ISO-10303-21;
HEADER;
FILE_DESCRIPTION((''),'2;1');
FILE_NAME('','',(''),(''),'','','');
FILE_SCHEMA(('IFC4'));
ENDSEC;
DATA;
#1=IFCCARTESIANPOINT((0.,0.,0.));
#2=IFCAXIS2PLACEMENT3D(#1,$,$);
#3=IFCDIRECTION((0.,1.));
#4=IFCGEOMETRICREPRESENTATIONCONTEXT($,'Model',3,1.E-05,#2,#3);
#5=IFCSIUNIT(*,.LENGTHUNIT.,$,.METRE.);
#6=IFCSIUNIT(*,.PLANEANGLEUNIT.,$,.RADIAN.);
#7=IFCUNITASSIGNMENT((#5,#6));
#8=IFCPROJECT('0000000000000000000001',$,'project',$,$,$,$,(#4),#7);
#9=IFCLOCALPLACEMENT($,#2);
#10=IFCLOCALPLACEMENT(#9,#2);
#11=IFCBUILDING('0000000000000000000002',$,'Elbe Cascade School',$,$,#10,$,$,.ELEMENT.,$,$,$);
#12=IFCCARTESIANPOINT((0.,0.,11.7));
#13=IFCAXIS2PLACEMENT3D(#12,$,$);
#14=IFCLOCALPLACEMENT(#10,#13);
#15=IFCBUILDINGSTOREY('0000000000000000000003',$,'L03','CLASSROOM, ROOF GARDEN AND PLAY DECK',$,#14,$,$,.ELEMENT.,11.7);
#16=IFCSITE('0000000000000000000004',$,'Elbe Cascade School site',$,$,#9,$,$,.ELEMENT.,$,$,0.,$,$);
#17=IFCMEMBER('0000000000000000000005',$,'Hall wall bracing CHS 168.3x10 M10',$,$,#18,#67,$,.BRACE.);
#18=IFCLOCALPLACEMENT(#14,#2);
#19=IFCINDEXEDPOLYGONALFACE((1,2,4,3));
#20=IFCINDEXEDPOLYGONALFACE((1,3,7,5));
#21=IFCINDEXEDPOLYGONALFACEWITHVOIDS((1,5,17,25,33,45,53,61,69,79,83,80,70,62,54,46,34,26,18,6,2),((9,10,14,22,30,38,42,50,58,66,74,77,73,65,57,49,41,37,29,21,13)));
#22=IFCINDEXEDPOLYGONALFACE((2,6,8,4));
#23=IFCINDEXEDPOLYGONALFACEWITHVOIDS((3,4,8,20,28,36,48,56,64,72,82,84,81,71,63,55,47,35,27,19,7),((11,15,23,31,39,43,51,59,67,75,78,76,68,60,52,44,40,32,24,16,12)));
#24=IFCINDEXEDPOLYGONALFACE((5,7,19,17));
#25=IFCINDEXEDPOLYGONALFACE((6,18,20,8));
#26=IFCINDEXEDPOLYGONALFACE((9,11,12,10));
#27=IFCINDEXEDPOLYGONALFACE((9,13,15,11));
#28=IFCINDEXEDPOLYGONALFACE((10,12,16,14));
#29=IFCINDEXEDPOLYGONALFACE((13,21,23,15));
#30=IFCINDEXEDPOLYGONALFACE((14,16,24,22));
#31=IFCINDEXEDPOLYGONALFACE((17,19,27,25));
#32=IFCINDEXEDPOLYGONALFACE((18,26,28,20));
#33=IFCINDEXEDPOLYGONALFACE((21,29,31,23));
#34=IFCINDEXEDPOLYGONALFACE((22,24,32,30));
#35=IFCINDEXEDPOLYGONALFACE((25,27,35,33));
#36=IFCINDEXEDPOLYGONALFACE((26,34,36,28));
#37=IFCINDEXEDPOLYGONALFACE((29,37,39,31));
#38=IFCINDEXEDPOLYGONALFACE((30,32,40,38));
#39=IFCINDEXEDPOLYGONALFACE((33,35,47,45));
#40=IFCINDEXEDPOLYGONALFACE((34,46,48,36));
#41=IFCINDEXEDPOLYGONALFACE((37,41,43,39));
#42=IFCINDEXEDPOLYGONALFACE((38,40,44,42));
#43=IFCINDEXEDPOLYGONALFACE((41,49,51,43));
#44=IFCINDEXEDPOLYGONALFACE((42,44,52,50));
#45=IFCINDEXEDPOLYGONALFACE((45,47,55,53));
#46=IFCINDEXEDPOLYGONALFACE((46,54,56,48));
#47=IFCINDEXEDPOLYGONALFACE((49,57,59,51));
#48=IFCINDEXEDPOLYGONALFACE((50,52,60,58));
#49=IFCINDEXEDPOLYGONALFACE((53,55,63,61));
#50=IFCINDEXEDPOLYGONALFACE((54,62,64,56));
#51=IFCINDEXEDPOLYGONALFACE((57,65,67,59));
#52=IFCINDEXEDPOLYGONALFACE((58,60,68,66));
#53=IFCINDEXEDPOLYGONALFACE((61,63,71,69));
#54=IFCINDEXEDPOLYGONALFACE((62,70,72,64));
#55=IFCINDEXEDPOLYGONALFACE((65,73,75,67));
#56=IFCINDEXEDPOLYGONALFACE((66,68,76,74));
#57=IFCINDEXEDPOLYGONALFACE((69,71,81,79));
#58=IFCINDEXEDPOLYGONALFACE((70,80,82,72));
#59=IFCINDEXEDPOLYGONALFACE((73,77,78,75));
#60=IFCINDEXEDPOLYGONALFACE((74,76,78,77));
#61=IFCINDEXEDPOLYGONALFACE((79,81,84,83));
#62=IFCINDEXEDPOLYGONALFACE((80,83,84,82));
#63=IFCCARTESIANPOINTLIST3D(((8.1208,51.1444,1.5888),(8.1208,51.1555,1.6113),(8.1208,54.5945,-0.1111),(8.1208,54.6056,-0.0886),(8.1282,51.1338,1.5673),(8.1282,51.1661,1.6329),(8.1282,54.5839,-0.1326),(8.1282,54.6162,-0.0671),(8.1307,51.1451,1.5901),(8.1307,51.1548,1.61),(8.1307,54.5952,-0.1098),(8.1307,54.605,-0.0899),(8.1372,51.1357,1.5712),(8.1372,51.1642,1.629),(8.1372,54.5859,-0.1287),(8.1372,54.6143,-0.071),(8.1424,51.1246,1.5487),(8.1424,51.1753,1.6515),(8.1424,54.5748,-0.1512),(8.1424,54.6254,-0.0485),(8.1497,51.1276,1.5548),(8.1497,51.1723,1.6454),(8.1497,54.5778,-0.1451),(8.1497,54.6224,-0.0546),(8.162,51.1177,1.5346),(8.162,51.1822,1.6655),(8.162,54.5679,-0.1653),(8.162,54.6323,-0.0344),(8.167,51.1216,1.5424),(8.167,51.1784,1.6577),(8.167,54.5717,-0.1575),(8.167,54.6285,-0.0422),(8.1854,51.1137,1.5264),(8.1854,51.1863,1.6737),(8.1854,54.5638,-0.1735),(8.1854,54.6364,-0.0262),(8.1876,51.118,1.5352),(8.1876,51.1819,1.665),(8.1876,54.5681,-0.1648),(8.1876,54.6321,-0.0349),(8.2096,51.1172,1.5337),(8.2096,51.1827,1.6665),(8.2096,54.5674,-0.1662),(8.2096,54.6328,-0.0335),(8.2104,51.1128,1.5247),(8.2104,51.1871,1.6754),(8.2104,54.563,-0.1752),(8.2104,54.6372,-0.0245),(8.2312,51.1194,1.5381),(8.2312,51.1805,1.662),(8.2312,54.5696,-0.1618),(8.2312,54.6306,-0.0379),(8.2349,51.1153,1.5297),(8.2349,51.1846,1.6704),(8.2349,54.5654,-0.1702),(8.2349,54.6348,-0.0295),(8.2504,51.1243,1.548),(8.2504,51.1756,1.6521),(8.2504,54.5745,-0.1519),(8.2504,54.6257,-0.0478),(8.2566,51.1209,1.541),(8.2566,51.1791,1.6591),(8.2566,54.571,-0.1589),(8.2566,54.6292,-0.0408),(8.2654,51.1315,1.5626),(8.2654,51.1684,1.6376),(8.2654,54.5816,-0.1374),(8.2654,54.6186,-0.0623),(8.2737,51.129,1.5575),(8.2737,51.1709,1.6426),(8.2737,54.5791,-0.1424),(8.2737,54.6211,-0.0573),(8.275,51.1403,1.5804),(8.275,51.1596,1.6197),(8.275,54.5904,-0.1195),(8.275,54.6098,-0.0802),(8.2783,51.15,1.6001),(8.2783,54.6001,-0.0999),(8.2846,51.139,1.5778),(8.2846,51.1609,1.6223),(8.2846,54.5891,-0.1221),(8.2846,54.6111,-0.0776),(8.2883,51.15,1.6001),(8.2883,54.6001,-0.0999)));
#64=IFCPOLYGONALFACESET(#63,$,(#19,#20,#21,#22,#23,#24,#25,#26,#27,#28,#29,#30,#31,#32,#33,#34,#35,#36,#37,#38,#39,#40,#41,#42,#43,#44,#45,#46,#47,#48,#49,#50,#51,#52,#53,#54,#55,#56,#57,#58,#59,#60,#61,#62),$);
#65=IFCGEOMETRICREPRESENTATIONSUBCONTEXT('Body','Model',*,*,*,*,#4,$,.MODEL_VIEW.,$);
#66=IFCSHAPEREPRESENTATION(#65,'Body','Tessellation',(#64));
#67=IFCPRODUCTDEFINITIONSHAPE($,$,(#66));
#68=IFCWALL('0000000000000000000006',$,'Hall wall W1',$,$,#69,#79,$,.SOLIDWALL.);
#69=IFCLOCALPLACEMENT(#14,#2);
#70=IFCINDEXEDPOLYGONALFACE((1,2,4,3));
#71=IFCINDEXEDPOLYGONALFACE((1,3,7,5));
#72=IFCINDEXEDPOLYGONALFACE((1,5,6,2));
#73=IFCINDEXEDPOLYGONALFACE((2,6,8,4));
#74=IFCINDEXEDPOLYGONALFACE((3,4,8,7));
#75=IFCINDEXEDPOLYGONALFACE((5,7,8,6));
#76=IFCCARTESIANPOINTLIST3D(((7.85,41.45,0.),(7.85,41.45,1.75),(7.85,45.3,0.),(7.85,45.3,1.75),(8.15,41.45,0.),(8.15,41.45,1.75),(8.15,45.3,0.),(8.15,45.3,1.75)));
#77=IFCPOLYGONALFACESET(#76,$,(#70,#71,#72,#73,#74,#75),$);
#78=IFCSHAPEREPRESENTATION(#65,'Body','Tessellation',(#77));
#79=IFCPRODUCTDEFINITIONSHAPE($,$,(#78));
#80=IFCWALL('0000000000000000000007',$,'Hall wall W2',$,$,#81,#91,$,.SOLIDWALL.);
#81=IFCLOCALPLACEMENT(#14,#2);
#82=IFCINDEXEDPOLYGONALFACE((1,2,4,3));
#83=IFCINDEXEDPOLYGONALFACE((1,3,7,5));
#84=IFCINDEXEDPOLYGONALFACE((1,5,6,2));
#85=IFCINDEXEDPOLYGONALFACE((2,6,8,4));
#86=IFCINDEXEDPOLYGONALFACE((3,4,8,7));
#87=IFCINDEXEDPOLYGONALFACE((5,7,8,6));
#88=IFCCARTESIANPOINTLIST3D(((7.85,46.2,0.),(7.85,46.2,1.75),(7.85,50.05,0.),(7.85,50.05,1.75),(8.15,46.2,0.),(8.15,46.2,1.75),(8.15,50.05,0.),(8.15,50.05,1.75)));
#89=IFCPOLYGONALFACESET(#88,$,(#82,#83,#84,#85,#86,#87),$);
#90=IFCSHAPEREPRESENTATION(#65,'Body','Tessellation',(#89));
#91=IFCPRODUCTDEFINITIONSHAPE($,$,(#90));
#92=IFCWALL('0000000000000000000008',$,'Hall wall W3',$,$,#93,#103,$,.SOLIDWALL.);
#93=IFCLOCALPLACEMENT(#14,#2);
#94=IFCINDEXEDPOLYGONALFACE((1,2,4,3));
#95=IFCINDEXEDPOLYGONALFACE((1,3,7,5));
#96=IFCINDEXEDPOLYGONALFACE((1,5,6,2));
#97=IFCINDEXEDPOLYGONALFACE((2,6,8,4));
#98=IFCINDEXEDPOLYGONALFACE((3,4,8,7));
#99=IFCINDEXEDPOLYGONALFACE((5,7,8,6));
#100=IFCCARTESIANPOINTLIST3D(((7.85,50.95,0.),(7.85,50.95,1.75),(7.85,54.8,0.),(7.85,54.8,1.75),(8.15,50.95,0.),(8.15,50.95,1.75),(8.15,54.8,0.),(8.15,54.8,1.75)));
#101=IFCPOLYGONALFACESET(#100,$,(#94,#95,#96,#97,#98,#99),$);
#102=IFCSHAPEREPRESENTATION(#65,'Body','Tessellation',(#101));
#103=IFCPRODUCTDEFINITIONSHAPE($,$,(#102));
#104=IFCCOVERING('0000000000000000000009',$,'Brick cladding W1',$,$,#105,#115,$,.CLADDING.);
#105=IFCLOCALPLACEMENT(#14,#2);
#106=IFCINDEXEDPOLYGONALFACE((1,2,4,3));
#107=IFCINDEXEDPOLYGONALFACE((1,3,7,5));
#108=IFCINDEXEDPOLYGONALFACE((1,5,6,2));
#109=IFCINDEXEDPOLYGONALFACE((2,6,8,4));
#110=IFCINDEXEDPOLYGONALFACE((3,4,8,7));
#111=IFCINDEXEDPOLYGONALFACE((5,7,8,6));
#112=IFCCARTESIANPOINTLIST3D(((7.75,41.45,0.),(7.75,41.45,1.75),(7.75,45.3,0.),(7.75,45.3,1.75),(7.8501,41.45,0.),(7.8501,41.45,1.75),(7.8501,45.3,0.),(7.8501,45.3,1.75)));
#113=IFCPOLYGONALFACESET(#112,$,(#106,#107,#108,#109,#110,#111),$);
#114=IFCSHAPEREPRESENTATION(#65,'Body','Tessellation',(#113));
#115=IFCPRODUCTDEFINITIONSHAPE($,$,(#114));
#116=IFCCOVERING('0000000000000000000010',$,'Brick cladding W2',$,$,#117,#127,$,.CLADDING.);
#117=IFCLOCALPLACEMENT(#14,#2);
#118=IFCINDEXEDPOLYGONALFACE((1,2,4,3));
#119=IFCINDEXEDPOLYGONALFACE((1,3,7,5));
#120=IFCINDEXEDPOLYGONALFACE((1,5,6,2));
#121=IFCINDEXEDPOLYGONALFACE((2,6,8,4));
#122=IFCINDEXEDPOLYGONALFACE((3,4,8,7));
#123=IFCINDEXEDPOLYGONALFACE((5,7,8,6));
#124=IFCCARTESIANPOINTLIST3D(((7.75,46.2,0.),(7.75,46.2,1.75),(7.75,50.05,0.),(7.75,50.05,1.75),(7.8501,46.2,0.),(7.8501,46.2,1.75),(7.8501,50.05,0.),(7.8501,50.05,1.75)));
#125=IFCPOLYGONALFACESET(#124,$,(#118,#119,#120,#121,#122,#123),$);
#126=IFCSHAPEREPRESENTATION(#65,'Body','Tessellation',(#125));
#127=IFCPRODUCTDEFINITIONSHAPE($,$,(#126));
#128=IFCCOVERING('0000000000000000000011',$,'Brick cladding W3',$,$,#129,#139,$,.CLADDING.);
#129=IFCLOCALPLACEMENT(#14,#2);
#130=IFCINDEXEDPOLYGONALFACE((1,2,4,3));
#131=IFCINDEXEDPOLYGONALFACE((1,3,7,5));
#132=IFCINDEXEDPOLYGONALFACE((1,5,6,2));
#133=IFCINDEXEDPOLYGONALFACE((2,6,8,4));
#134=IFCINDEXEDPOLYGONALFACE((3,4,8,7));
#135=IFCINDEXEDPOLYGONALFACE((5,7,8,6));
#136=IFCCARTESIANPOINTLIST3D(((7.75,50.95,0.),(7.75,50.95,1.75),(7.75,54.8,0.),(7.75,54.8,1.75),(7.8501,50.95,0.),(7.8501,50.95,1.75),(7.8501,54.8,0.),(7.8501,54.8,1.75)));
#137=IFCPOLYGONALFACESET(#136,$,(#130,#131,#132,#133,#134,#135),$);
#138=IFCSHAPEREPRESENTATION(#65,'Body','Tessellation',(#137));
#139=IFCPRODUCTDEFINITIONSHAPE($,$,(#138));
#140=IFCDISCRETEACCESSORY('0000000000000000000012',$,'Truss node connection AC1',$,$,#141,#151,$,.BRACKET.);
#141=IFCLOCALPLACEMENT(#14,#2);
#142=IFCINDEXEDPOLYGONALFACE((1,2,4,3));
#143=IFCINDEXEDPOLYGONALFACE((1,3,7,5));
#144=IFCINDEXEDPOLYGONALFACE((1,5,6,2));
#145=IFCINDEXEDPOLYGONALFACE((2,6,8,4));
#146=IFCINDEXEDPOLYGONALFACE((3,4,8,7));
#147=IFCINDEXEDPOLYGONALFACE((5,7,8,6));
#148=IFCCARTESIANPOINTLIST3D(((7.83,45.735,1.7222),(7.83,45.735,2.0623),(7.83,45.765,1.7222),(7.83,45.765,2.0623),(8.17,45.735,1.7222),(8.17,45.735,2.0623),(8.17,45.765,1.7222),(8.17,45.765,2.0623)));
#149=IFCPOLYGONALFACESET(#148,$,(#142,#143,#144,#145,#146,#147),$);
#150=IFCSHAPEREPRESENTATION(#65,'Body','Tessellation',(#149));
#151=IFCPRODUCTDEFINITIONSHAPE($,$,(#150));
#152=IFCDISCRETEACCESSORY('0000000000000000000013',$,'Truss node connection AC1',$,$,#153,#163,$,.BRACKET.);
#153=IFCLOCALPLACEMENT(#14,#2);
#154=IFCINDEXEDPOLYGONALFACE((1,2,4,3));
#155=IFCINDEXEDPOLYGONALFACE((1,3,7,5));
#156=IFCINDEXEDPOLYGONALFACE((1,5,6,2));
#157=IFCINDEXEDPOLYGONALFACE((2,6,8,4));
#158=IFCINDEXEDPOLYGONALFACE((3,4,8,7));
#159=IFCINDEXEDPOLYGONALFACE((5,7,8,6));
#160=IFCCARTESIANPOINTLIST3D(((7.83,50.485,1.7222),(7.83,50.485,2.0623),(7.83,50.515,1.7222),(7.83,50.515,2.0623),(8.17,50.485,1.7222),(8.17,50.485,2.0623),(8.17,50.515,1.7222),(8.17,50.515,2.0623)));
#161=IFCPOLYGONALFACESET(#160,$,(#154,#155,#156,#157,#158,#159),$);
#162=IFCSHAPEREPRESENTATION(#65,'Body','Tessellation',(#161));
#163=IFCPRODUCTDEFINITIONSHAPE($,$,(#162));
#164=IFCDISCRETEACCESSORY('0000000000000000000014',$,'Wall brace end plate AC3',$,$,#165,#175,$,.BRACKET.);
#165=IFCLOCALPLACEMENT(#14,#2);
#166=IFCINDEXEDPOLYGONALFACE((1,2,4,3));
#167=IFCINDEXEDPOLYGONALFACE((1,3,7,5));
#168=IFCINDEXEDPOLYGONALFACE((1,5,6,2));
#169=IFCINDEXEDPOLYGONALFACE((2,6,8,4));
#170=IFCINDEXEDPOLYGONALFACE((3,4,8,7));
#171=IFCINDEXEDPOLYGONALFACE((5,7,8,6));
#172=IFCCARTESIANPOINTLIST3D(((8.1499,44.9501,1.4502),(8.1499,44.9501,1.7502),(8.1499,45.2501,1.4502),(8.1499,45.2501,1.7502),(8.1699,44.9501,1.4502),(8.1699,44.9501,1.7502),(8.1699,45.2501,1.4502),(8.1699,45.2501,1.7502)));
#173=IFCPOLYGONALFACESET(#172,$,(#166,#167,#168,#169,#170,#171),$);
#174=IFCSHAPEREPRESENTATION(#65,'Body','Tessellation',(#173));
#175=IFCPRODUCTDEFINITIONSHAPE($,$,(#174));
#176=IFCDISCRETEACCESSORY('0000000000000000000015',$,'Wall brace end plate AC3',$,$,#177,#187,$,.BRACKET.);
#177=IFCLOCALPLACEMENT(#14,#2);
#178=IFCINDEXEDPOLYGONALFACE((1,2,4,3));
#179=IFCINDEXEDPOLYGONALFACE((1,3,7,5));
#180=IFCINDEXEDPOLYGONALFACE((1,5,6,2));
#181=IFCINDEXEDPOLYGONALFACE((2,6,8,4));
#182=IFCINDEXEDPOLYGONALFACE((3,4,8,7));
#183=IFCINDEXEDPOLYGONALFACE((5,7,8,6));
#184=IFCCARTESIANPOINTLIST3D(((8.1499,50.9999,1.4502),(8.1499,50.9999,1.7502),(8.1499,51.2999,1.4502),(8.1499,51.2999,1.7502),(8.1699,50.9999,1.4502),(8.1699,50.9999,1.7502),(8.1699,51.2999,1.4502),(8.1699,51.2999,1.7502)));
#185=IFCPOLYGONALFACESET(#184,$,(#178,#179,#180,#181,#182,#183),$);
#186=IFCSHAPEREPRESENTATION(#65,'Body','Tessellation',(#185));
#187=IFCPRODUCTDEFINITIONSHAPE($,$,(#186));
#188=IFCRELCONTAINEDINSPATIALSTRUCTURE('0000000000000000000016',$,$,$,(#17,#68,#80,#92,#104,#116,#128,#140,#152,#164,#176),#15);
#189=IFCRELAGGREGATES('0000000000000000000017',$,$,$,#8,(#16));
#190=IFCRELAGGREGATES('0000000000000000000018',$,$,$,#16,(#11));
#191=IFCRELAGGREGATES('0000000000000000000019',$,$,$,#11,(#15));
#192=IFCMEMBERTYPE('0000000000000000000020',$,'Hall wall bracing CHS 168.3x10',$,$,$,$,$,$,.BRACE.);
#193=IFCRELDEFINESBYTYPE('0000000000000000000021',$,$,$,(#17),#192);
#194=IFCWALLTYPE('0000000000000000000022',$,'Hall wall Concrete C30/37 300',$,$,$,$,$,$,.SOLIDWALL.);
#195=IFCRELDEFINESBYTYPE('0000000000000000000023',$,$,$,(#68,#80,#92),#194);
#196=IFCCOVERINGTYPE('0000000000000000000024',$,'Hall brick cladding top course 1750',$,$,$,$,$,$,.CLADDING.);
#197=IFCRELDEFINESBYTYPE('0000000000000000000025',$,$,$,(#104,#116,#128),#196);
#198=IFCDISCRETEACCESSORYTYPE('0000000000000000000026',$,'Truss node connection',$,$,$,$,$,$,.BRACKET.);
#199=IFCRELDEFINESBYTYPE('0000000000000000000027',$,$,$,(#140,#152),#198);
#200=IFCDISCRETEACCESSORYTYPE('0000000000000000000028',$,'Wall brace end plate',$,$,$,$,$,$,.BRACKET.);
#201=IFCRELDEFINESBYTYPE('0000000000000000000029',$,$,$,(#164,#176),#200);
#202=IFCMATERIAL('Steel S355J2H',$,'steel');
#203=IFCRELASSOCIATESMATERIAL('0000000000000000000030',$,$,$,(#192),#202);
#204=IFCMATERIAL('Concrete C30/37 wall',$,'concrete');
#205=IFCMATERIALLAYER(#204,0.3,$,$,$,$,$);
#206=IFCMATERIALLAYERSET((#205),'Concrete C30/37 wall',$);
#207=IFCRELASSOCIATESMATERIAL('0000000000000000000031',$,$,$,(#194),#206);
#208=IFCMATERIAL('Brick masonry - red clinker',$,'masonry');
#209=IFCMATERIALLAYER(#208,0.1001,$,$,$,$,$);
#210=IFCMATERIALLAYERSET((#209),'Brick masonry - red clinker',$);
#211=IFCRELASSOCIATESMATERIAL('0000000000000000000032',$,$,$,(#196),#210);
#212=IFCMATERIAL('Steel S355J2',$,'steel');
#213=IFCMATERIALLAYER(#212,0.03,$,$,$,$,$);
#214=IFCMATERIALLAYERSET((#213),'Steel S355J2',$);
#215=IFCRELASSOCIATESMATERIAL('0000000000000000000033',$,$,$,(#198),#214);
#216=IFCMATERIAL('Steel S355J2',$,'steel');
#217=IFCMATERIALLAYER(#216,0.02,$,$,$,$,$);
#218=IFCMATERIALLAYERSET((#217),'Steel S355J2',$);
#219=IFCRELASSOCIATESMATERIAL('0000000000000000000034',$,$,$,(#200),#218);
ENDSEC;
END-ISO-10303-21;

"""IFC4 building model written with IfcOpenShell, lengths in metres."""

from ifc_helpers import new_model, si_unit, direction, frame, frame_2d, origin, origin_2d, place, context, subcontext, project, spatial, rectangle, hollow_circle, extrude, material, layer, layer_set, material_profile, profile_set, type_object, element, save


model = new_model("IFC4")

# Units and contexts
model_context = context("Model", 3, precision=1e-05, world=origin(), true_north=direction((0.0, 1.0)))
body_context = subcontext(model_context, "Body", "Model", "MODEL_VIEW")
ifc_project = project(units=[si_unit("LENGTHUNIT", "METRE"), si_unit("PLANEANGLEUNIT", "RADIAN")], contexts=[model_context])

# Site, building, storey
site_placement = place(None, origin())
site = spatial("IfcSite", under=ifc_project, at=site_placement, Name="Elbe Cascade School site", CompositionType="ELEMENT", RefElevation=0.0)
building_placement = place(site_placement, origin())
building = spatial("IfcBuilding", under=site, at=building_placement, Name="Elbe Cascade School", CompositionType="ELEMENT")
storey_placement = place(building_placement, frame((0.0, 0.0, 11.7)))
storey = spatial("IfcBuildingStorey", under=building, at=storey_placement, Name="L03", Description="CLASSROOM, ROOF GARDEN AND PLAY DECK", CompositionType="ELEMENT", Elevation=11.7)

# Member
ifc_material_1 = material(Name="Steel S355J2H", Category="steel")
ifc_material_profile_1 = material_profile(ifc_material_1, hollow_circle(Radius=0.0842, WallThickness=0.01, at=origin_2d()), Name="CHS 168.3x10")
ifc_profile_set_1 = profile_set([ifc_material_profile_1], Name="Steel S355J2H")
member_type_1 = type_object("IfcMemberType", Name="Hall wall bracing CHS 168.3x10", PredefinedType="BRACE", material=ifc_profile_set_1)
for number, where, z_axis, x_axis, name in (
    (1, (8.2041, 54.6001, -0.0999), (0.0, -0.897027, 0.441976), (1.0, 0.0, 0.0), "Hall wall bracing CHS 168.3x10 M10"),
):
    element("IfcMember", number, at=place(storey_placement, frame(where, z_axis=z_axis, x_axis=x_axis)), inside=storey, type_object=member_type_1, Name=name, PredefinedType="BRACE", context=body_context, shape_type="SweptSolid", body=[
        extrude(hollow_circle(Radius=0.0842, WallThickness=0.01, at=origin_2d()), origin(), (0.0, 0.0, 1.0), 3.8462),
    ])

# Walls
ifc_material_2 = material(Name="Concrete C30/37 wall", Category="concrete")
ifc_layer_1 = layer(ifc_material_2, 0.3)
ifc_layer_set_1 = layer_set([ifc_layer_1], Name="Concrete C30/37 wall")
wall_type = type_object("IfcWallType", Name="Hall wall Concrete C30/37 300", PredefinedType="SOLIDWALL", material=ifc_layer_set_1)
for number, where, z_axis, x_axis, name in (
    (2, (8.0, 41.45, 0.0), (0.0, 0.0, 1.0), (0.0, 1.0, 0.0), "Hall wall W1"),
    (3, (8.0, 46.2, 0.0), (0.0, 0.0, 1.0), (0.0, 1.0, 0.0), "Hall wall W2"),
    (4, (8.0, 50.95, 0.0), (0.0, 0.0, 1.0), (0.0, 1.0, 0.0), "Hall wall W3"),
):
    element("IfcWall", number, at=place(storey_placement, frame(where, z_axis=z_axis, x_axis=x_axis)), inside=storey, type_object=wall_type, Name=name, PredefinedType="SOLIDWALL", context=body_context, shape_type="SweptSolid", body=[
        extrude(rectangle(XDim=3.8501, YDim=0.3, at=frame_2d((1.925, 0.0))), origin(), (0.0, 0.0, 1.0), 1.75),
    ])

# Coverings
ifc_material_3 = material(Name="Brick masonry - red clinker", Category="masonry")
ifc_layer_2 = layer(ifc_material_3, 0.1001)
ifc_layer_set_2 = layer_set([ifc_layer_2], Name="Brick masonry - red clinker")
covering_type = type_object("IfcCoveringType", Name="Hall brick cladding top course 1750", PredefinedType="CLADDING", material=ifc_layer_set_2)
for number, where, z_axis, x_axis, name in (
    (5, (7.8, 43.375, 0.0), (0.0, 0.0, 1.0), (1.0, 0.0, 0.0), "Brick cladding W1"),
    (6, (7.8, 48.125, 0.0), (0.0, 0.0, 1.0), (1.0, 0.0, 0.0), "Brick cladding W2"),
    (7, (7.8, 52.875, 0.0), (0.0, 0.0, 1.0), (1.0, 0.0, 0.0), "Brick cladding W3"),
):
    element("IfcCovering", number, at=place(storey_placement, frame(where, z_axis=z_axis, x_axis=x_axis)), inside=storey, type_object=covering_type, Name=name, PredefinedType="CLADDING", context=body_context, shape_type="SweptSolid", body=[
        extrude(rectangle(XDim=0.1001, YDim=3.8501, at=origin_2d()), origin(), (0.0, 0.0, 1.0), 1.75),
    ])

# Discrete accessories
ifc_material_4 = material(Name="Steel S355J2", Category="steel")
ifc_layer_3 = layer(ifc_material_4, 0.03)
ifc_layer_set_3 = layer_set([ifc_layer_3], Name="Steel S355J2")
discrete_accessory_type_1 = type_object("IfcDiscreteAccessoryType", Name="Truss node connection", PredefinedType="BRACKET", material=ifc_layer_set_3)
for number, where, z_axis, x_axis, name in (
    (8, (8.0, 45.75, 1.7222), (0.0, 0.0, 1.0), (1.0, 0.0, 0.0), "Truss node connection AC1"),
    (9, (8.0, 50.5, 1.7222), (0.0, 0.0, 1.0), (1.0, 0.0, 0.0), "Truss node connection AC1"),
):
    element("IfcDiscreteAccessory", number, at=place(storey_placement, frame(where, z_axis=z_axis, x_axis=x_axis)), inside=storey, type_object=discrete_accessory_type_1, Name=name, PredefinedType="BRACKET", context=body_context, shape_type="SweptSolid", body=[
        extrude(rectangle(XDim=0.3401, YDim=0.03, at=origin_2d()), origin(), (0.0, 0.0, 1.0), 0.3401),
    ])
ifc_material_5 = material(Name="Steel S355J2", Category="steel")
ifc_layer_4 = layer(ifc_material_5, 0.02)
ifc_layer_set_4 = layer_set([ifc_layer_4], Name="Steel S355J2")
discrete_accessory_type_2 = type_object("IfcDiscreteAccessoryType", Name="Wall brace end plate", PredefinedType="BRACKET", material=ifc_layer_set_4)
for number, where, z_axis, x_axis, name in (
    (10, (8.1599, 45.1001, 1.4502), (0.0, 0.0, 1.0), (1.0, 0.0, 0.0), "Wall brace end plate AC3"),
    (11, (8.1599, 51.1499, 1.4502), (0.0, 0.0, 1.0), (1.0, 0.0, 0.0), "Wall brace end plate AC3"),
):
    element("IfcDiscreteAccessory", number, at=place(storey_placement, frame(where, z_axis=z_axis, x_axis=x_axis)), inside=storey, type_object=discrete_accessory_type_2, Name=name, PredefinedType="BRACKET", context=body_context, shape_type="SweptSolid", body=[
        extrude(rectangle(XDim=0.02, YDim=0.3, at=origin_2d()), origin(), (0.0, 0.0, 1.0), 0.3),
    ])

save(model, "model.ifc")
